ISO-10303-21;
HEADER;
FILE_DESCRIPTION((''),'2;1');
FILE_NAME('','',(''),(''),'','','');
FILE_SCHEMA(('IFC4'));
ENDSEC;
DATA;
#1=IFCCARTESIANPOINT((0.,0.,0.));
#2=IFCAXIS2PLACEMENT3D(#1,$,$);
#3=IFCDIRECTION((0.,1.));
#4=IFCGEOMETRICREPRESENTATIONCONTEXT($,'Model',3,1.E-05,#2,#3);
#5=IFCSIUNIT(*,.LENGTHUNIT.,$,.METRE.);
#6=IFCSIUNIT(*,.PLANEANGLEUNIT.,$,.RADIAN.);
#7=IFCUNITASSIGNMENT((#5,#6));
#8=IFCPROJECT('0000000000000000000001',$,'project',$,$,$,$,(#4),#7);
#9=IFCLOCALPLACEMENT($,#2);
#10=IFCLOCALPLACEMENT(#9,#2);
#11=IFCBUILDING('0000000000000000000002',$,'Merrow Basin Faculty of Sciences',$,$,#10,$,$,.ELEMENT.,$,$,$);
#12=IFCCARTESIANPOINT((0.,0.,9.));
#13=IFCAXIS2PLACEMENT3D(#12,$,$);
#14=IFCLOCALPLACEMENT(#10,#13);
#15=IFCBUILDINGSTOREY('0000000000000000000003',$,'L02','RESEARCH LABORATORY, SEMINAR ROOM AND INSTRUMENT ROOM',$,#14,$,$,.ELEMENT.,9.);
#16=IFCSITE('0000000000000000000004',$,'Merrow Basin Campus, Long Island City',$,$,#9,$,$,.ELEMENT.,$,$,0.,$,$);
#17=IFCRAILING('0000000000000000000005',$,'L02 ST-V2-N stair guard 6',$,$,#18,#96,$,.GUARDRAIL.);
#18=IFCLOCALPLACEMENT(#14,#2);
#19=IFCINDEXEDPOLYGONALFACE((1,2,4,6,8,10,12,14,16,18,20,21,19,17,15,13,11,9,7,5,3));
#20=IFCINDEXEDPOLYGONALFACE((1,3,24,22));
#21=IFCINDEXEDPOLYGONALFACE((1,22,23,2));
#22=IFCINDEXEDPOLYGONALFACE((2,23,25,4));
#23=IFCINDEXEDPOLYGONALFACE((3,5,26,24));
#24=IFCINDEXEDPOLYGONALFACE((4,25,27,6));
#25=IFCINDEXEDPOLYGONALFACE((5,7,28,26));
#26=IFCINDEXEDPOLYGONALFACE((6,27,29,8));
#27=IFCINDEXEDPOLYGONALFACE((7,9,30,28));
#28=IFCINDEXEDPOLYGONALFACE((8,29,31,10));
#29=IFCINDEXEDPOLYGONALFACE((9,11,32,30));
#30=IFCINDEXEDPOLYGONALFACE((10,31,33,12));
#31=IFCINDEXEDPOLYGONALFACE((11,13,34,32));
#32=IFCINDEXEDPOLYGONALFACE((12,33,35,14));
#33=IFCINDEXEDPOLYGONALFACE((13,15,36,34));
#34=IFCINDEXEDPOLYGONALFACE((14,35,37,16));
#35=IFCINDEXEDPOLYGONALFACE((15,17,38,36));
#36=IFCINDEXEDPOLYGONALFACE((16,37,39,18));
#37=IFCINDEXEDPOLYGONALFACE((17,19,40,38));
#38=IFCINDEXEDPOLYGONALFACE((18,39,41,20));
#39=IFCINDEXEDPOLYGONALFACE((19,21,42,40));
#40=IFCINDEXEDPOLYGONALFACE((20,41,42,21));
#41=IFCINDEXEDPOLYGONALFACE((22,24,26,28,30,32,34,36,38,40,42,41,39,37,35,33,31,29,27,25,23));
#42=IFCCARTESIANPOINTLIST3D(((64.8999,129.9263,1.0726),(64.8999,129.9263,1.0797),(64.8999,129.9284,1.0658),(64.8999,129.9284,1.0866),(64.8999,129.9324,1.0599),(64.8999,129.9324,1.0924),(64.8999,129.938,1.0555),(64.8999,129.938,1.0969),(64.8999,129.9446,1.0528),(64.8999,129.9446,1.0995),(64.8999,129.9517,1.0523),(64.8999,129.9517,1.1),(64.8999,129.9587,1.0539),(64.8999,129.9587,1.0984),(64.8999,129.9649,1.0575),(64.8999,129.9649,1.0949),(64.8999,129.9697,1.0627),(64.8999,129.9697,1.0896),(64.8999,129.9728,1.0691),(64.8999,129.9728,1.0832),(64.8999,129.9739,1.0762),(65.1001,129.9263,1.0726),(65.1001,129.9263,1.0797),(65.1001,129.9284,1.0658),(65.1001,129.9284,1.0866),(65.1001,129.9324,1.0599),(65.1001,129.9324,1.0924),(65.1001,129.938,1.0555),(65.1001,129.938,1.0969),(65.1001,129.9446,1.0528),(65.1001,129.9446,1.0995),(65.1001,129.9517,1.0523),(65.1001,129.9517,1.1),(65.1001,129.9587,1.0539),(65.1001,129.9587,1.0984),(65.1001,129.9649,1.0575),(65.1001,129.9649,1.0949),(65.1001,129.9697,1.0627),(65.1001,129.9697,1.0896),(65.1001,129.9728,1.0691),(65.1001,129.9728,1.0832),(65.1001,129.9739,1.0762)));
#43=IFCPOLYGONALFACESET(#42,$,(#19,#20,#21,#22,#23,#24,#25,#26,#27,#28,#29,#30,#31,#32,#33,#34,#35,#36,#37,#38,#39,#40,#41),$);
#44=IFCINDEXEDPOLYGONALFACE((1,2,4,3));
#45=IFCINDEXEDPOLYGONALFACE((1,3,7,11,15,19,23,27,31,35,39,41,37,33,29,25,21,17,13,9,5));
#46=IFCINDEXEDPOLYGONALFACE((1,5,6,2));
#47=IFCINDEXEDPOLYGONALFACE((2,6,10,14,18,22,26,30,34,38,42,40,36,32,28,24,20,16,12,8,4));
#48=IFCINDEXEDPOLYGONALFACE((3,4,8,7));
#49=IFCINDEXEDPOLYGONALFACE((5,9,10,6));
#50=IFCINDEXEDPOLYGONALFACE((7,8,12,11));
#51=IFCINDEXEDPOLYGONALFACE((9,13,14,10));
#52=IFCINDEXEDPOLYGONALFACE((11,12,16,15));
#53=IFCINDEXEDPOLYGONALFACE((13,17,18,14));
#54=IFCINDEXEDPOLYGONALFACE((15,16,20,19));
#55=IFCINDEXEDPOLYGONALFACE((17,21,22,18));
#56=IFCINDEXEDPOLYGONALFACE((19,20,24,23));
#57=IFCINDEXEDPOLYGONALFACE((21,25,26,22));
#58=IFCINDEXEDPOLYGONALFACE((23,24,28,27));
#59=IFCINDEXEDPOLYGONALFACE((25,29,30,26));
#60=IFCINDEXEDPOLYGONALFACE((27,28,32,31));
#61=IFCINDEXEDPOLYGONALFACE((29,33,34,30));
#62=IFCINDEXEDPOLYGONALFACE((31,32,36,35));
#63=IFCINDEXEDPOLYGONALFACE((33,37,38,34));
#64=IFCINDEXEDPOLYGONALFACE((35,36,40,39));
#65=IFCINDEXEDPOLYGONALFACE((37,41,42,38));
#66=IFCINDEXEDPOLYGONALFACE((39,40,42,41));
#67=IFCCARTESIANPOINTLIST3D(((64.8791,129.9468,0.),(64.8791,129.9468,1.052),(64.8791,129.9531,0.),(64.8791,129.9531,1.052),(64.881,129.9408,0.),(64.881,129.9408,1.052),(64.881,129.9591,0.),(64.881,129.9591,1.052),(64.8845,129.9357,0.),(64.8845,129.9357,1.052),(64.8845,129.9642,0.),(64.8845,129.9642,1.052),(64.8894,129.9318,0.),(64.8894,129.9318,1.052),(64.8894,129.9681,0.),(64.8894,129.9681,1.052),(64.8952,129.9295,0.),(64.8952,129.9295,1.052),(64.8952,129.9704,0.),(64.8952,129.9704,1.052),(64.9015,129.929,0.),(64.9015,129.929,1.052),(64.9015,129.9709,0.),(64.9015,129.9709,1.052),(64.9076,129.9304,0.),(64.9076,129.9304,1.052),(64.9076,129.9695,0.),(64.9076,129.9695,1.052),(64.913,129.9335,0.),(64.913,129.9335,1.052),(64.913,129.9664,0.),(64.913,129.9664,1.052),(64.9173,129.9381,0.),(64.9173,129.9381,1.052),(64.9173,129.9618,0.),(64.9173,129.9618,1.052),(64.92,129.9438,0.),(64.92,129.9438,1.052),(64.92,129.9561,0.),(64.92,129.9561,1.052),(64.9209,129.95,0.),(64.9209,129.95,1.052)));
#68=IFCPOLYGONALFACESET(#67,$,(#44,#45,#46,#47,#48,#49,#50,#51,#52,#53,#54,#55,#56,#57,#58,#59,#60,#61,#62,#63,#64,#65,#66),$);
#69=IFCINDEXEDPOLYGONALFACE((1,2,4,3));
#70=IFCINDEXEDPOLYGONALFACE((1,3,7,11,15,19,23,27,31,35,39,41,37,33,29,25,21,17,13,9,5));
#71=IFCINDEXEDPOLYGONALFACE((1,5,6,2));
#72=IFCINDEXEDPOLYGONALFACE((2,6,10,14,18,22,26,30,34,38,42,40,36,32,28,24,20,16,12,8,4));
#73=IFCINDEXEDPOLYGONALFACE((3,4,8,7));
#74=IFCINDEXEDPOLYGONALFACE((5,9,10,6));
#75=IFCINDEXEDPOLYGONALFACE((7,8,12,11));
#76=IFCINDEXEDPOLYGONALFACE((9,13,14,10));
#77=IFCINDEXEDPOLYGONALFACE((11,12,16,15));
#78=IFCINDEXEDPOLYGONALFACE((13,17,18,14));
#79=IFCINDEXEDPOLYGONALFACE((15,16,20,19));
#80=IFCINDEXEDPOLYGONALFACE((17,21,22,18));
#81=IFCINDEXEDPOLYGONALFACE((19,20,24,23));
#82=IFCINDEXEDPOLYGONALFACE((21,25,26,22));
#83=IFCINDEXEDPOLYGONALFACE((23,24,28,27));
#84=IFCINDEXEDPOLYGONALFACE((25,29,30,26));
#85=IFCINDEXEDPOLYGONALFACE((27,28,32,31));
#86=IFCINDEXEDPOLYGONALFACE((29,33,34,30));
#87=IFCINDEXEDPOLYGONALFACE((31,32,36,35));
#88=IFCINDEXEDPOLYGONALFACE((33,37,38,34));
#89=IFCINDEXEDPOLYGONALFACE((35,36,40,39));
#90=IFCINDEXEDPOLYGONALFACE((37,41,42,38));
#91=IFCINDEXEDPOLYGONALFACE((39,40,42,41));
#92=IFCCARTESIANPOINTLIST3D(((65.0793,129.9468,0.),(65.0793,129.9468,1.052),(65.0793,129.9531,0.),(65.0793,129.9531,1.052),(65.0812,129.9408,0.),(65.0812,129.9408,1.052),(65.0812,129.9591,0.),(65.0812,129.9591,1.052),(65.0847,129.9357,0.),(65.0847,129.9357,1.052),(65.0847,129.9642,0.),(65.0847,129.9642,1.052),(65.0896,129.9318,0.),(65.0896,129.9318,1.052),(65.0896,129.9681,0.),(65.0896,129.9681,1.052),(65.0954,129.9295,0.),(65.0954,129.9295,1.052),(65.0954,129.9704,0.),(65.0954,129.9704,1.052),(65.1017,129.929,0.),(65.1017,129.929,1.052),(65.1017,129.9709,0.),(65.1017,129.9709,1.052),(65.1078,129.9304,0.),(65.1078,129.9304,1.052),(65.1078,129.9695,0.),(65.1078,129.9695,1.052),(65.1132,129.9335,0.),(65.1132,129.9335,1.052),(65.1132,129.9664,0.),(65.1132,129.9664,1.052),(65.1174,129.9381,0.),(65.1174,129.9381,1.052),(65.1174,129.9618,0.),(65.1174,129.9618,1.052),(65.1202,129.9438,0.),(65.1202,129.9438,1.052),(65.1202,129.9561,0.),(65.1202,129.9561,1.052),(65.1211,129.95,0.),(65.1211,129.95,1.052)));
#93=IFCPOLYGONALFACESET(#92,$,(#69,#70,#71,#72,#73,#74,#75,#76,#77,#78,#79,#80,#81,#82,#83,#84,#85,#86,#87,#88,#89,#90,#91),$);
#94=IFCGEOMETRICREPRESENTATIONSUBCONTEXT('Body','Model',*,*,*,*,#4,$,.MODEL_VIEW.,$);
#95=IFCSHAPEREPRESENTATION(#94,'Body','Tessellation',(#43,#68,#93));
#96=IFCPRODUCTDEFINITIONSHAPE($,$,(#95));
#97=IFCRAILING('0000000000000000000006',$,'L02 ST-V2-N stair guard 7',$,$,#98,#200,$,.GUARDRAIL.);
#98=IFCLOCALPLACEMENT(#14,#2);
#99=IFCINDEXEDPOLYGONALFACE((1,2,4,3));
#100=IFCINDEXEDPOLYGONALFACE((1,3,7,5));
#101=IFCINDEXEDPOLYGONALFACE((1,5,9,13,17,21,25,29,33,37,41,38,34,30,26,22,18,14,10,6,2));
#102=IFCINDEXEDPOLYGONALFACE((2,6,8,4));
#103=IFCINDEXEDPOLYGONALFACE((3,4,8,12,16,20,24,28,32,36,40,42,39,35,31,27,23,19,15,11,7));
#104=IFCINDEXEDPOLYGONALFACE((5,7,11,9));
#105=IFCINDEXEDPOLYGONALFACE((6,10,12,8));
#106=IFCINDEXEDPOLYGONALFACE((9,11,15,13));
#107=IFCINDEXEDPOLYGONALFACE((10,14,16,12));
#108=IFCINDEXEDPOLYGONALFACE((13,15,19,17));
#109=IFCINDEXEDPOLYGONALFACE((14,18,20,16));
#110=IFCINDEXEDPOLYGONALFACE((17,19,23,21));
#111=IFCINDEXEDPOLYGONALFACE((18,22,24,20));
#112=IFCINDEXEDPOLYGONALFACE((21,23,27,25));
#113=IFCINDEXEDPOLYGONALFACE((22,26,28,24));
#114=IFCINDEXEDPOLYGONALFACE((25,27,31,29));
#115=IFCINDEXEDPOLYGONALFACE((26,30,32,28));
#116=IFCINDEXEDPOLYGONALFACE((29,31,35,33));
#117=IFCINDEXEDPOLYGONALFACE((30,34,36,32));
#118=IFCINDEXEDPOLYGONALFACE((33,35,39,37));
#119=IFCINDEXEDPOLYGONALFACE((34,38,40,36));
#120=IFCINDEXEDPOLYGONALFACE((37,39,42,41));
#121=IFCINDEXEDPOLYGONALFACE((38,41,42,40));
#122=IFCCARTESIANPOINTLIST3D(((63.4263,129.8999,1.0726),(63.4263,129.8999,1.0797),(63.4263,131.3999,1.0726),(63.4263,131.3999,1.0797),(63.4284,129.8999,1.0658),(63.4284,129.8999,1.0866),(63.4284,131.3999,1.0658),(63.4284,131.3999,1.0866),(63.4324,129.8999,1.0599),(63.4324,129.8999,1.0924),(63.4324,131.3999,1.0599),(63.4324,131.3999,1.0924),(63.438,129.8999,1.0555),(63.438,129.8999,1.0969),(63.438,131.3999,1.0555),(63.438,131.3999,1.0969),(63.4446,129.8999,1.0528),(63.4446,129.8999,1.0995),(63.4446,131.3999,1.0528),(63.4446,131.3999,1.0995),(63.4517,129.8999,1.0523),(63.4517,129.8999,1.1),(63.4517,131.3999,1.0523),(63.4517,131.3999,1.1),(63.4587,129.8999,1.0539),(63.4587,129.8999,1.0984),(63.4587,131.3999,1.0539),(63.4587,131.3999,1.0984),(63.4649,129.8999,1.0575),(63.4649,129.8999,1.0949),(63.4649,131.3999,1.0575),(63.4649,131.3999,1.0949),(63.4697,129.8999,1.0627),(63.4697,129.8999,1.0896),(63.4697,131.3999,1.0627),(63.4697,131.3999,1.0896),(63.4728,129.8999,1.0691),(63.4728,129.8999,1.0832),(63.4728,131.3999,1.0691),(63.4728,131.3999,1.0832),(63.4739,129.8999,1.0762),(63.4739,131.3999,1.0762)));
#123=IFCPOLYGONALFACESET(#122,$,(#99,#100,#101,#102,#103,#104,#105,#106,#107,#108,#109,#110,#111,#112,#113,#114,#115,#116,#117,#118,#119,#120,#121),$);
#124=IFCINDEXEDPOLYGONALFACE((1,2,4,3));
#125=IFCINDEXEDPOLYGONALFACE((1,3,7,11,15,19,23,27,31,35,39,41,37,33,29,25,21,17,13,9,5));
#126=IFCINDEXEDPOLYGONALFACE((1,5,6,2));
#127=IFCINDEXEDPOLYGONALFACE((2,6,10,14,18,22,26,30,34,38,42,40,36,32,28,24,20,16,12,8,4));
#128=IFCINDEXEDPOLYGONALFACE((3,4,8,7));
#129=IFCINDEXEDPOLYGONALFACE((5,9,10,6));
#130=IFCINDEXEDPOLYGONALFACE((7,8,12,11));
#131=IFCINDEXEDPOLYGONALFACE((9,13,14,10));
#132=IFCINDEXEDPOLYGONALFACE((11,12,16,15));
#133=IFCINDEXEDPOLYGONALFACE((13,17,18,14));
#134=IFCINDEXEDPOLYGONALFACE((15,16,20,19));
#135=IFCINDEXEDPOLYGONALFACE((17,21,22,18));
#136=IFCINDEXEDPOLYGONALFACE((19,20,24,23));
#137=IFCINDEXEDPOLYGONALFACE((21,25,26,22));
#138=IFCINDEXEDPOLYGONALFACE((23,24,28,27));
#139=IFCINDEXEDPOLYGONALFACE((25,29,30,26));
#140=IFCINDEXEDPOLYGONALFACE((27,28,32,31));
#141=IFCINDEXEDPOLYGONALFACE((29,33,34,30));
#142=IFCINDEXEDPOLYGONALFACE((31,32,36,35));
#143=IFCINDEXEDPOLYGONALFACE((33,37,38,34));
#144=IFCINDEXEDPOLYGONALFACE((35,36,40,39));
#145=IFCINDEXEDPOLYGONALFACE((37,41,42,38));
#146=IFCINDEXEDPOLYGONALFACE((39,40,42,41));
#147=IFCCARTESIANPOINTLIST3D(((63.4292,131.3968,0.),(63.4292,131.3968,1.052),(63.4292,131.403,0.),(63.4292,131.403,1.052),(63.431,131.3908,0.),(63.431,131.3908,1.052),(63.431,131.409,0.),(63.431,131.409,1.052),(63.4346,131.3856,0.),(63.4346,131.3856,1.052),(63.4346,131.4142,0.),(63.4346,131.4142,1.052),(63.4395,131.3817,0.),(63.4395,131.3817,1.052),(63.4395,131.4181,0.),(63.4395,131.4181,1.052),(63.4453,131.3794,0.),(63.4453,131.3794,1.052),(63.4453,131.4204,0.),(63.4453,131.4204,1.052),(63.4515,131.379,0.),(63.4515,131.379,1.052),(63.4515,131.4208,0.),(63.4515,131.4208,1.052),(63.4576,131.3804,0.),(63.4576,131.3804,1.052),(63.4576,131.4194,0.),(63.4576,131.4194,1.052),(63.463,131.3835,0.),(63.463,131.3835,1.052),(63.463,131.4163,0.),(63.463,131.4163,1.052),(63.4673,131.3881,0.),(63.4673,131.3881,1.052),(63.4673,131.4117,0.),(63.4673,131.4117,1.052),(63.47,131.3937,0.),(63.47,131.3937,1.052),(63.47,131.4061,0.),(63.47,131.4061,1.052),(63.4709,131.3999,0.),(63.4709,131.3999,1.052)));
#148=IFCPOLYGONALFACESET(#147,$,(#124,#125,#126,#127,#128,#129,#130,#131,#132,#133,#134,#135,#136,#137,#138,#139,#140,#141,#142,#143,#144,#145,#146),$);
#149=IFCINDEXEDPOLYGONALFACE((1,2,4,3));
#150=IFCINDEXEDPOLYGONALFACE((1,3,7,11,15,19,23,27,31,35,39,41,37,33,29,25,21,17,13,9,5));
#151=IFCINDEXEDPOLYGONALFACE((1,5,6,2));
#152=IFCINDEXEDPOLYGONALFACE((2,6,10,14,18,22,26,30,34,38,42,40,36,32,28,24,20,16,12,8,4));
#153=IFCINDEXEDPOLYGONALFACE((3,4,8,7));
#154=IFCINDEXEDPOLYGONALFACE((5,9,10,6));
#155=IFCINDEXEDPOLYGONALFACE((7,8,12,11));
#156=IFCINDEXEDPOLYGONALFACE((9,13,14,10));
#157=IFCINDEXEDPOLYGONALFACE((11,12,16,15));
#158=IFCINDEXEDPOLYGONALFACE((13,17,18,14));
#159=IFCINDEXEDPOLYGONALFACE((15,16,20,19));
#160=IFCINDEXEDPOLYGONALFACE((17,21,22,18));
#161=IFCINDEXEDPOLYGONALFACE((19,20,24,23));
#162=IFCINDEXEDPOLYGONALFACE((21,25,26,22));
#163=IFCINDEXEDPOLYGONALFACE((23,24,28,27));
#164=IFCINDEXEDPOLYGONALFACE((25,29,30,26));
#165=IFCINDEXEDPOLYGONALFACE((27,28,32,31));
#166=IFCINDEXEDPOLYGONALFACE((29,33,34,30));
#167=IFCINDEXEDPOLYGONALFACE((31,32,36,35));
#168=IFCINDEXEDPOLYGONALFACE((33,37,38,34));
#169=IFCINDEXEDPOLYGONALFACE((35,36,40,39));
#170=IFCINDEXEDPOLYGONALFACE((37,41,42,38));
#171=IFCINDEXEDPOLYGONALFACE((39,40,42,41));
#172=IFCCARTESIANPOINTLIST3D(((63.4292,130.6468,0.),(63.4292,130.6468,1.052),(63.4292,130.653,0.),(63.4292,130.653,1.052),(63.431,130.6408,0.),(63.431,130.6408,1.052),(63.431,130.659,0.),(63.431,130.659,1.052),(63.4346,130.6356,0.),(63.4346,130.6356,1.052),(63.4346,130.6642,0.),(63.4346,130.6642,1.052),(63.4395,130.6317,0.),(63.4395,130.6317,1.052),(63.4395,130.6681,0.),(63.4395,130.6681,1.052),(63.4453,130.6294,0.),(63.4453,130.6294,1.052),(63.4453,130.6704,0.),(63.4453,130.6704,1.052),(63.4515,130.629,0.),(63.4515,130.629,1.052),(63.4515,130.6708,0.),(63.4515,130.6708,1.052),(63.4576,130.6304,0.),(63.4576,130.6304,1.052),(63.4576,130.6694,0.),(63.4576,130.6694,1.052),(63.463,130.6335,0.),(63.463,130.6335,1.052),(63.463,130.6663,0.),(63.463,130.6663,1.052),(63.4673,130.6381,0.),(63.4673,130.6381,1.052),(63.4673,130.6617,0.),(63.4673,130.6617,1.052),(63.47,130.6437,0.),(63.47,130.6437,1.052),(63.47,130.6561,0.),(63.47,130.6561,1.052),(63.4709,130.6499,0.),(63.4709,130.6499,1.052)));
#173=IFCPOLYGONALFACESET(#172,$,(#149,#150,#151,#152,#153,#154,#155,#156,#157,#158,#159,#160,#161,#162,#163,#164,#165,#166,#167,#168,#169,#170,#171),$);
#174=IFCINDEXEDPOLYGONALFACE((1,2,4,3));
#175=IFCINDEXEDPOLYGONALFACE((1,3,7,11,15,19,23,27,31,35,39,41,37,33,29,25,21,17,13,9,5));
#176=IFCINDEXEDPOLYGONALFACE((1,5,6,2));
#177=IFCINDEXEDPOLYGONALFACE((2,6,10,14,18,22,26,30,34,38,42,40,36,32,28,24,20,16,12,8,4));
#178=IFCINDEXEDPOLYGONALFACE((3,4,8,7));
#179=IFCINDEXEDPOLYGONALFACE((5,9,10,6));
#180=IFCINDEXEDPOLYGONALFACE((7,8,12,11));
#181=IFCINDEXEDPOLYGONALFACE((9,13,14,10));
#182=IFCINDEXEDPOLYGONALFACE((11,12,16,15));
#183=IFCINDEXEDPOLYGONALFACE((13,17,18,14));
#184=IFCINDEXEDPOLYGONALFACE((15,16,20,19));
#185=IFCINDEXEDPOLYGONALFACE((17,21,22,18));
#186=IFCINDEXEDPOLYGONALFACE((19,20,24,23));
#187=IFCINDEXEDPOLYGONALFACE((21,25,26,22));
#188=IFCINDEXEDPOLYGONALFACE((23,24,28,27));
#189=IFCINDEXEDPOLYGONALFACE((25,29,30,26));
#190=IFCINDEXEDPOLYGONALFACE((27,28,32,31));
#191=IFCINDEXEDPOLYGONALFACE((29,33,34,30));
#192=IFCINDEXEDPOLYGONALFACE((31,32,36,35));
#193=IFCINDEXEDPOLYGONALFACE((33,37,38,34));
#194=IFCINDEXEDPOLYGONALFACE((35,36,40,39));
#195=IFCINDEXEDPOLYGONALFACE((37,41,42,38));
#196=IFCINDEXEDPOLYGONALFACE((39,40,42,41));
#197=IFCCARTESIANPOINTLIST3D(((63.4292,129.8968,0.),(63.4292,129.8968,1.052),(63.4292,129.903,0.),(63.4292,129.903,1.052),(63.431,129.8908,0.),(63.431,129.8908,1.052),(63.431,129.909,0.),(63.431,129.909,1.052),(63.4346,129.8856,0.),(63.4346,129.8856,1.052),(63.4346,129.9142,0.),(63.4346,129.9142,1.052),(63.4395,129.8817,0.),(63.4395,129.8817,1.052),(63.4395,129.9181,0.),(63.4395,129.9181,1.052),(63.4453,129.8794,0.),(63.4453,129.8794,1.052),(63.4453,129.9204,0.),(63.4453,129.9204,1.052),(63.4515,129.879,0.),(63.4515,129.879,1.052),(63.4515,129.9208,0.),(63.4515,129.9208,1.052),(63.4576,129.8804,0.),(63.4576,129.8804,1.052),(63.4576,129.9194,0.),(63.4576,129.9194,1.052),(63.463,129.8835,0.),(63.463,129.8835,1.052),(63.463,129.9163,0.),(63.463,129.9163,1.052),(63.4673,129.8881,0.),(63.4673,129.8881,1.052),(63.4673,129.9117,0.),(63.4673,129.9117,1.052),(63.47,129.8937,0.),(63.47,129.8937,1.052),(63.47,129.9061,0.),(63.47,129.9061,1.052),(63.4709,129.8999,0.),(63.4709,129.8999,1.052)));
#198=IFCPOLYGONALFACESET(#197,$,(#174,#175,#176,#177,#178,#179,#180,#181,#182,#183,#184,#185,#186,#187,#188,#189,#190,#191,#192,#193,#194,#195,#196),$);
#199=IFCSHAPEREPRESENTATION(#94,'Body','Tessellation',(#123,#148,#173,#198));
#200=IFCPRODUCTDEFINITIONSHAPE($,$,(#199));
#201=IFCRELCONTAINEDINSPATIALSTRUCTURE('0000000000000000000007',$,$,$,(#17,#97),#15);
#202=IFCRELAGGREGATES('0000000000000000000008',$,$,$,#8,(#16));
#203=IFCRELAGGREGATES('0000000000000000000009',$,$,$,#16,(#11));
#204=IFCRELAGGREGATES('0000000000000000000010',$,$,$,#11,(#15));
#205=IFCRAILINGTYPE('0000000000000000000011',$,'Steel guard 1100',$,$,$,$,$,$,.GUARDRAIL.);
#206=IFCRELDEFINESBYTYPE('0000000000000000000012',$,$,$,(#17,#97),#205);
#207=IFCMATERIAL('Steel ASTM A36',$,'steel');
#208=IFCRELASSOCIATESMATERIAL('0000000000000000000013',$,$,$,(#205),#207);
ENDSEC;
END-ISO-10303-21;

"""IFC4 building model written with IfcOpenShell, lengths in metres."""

from ifc_helpers import new_model, si_unit, direction, frame, origin, origin_2d, place, context, subcontext, project, spatial, circle, extrude, material, type_object, element, save


model = new_model("IFC4")

# Units and contexts
model_context = context("Model", 3, precision=1e-05, world=origin(), true_north=direction((0.0, 1.0)))
body_context = subcontext(model_context, "Body", "Model", "MODEL_VIEW")
ifc_project = project(units=[si_unit("LENGTHUNIT", "METRE"), si_unit("PLANEANGLEUNIT", "RADIAN")], contexts=[model_context])

# Site, building, storey
site_placement = place(None, origin())
site = spatial("IfcSite", under=ifc_project, at=site_placement, Name="Merrow Basin Campus, Long Island City", CompositionType="ELEMENT", RefElevation=0.0)
building_placement = place(site_placement, origin())
building = spatial("IfcBuilding", under=site, at=building_placement, Name="Merrow Basin Faculty of Sciences", CompositionType="ELEMENT")
storey_placement = place(building_placement, frame((0.0, 0.0, 9.0)))
storey = spatial("IfcBuildingStorey", under=building, at=storey_placement, Name="L02", Description="RESEARCH LABORATORY, SEMINAR ROOM AND INSTRUMENT ROOM", CompositionType="ELEMENT", Elevation=9.0)

# Railings
ifc_material_1 = material(Name="Steel ASTM A36", Category="steel")
railing_type_1 = type_object("IfcRailingType", Name="Steel guard 1100", PredefinedType="GUARDRAIL", material=ifc_material_1)
railing_1_placement = place(storey_placement, frame((64.8999, 129.95, 0.0)))
element("IfcRailing", 1, at=railing_1_placement, inside=storey, type_object=railing_type_1, Name="L02 ST-V2-N stair guard 6", PredefinedType="GUARDRAIL", context=body_context, shape_type="SweptSolid", body=[
    extrude(circle(Radius=0.0239, at=origin_2d()), frame((0.0, 0.0, 1.0762), z_axis=(1.0, 0.0, 0.0), x_axis=(0.0, 1.0, 0.0)), (0.0, 0.0, 1.0), 0.2002),
    extrude(circle(Radius=0.021, at=origin_2d()), origin(), (0.0, 0.0, 1.0), 1.052),
    extrude(circle(Radius=0.021, at=origin_2d()), frame((0.2002, 0.0, 0.0)), (0.0, 0.0, 1.0), 1.052),
])
railing_2_placement = place(storey_placement, frame((63.45, 131.3999, 0.0)))
element("IfcRailing", 2, at=railing_2_placement, inside=storey, type_object=railing_type_1, Name="L02 ST-V2-N stair guard 7", PredefinedType="GUARDRAIL", context=body_context, shape_type="SweptSolid", body=[
    extrude(circle(Radius=0.0239, at=origin_2d()), frame((0.0, 0.0, 1.0762), z_axis=(0.0, -1.0, 0.0), x_axis=(1.0, 0.0, 0.0)), (0.0, 0.0, 1.0), 1.5),
    extrude(circle(Radius=0.021, at=origin_2d()), origin(), (0.0, 0.0, 1.0), 1.052),
    extrude(circle(Radius=0.021, at=origin_2d()), frame((0.0, -0.75, 0.0)), (0.0, 0.0, 1.0), 1.052),
    extrude(circle(Radius=0.021, at=origin_2d()), frame((0.0, -1.5, 0.0)), (0.0, 0.0, 1.0), 1.052),
])

save(model, "model.ifc")
